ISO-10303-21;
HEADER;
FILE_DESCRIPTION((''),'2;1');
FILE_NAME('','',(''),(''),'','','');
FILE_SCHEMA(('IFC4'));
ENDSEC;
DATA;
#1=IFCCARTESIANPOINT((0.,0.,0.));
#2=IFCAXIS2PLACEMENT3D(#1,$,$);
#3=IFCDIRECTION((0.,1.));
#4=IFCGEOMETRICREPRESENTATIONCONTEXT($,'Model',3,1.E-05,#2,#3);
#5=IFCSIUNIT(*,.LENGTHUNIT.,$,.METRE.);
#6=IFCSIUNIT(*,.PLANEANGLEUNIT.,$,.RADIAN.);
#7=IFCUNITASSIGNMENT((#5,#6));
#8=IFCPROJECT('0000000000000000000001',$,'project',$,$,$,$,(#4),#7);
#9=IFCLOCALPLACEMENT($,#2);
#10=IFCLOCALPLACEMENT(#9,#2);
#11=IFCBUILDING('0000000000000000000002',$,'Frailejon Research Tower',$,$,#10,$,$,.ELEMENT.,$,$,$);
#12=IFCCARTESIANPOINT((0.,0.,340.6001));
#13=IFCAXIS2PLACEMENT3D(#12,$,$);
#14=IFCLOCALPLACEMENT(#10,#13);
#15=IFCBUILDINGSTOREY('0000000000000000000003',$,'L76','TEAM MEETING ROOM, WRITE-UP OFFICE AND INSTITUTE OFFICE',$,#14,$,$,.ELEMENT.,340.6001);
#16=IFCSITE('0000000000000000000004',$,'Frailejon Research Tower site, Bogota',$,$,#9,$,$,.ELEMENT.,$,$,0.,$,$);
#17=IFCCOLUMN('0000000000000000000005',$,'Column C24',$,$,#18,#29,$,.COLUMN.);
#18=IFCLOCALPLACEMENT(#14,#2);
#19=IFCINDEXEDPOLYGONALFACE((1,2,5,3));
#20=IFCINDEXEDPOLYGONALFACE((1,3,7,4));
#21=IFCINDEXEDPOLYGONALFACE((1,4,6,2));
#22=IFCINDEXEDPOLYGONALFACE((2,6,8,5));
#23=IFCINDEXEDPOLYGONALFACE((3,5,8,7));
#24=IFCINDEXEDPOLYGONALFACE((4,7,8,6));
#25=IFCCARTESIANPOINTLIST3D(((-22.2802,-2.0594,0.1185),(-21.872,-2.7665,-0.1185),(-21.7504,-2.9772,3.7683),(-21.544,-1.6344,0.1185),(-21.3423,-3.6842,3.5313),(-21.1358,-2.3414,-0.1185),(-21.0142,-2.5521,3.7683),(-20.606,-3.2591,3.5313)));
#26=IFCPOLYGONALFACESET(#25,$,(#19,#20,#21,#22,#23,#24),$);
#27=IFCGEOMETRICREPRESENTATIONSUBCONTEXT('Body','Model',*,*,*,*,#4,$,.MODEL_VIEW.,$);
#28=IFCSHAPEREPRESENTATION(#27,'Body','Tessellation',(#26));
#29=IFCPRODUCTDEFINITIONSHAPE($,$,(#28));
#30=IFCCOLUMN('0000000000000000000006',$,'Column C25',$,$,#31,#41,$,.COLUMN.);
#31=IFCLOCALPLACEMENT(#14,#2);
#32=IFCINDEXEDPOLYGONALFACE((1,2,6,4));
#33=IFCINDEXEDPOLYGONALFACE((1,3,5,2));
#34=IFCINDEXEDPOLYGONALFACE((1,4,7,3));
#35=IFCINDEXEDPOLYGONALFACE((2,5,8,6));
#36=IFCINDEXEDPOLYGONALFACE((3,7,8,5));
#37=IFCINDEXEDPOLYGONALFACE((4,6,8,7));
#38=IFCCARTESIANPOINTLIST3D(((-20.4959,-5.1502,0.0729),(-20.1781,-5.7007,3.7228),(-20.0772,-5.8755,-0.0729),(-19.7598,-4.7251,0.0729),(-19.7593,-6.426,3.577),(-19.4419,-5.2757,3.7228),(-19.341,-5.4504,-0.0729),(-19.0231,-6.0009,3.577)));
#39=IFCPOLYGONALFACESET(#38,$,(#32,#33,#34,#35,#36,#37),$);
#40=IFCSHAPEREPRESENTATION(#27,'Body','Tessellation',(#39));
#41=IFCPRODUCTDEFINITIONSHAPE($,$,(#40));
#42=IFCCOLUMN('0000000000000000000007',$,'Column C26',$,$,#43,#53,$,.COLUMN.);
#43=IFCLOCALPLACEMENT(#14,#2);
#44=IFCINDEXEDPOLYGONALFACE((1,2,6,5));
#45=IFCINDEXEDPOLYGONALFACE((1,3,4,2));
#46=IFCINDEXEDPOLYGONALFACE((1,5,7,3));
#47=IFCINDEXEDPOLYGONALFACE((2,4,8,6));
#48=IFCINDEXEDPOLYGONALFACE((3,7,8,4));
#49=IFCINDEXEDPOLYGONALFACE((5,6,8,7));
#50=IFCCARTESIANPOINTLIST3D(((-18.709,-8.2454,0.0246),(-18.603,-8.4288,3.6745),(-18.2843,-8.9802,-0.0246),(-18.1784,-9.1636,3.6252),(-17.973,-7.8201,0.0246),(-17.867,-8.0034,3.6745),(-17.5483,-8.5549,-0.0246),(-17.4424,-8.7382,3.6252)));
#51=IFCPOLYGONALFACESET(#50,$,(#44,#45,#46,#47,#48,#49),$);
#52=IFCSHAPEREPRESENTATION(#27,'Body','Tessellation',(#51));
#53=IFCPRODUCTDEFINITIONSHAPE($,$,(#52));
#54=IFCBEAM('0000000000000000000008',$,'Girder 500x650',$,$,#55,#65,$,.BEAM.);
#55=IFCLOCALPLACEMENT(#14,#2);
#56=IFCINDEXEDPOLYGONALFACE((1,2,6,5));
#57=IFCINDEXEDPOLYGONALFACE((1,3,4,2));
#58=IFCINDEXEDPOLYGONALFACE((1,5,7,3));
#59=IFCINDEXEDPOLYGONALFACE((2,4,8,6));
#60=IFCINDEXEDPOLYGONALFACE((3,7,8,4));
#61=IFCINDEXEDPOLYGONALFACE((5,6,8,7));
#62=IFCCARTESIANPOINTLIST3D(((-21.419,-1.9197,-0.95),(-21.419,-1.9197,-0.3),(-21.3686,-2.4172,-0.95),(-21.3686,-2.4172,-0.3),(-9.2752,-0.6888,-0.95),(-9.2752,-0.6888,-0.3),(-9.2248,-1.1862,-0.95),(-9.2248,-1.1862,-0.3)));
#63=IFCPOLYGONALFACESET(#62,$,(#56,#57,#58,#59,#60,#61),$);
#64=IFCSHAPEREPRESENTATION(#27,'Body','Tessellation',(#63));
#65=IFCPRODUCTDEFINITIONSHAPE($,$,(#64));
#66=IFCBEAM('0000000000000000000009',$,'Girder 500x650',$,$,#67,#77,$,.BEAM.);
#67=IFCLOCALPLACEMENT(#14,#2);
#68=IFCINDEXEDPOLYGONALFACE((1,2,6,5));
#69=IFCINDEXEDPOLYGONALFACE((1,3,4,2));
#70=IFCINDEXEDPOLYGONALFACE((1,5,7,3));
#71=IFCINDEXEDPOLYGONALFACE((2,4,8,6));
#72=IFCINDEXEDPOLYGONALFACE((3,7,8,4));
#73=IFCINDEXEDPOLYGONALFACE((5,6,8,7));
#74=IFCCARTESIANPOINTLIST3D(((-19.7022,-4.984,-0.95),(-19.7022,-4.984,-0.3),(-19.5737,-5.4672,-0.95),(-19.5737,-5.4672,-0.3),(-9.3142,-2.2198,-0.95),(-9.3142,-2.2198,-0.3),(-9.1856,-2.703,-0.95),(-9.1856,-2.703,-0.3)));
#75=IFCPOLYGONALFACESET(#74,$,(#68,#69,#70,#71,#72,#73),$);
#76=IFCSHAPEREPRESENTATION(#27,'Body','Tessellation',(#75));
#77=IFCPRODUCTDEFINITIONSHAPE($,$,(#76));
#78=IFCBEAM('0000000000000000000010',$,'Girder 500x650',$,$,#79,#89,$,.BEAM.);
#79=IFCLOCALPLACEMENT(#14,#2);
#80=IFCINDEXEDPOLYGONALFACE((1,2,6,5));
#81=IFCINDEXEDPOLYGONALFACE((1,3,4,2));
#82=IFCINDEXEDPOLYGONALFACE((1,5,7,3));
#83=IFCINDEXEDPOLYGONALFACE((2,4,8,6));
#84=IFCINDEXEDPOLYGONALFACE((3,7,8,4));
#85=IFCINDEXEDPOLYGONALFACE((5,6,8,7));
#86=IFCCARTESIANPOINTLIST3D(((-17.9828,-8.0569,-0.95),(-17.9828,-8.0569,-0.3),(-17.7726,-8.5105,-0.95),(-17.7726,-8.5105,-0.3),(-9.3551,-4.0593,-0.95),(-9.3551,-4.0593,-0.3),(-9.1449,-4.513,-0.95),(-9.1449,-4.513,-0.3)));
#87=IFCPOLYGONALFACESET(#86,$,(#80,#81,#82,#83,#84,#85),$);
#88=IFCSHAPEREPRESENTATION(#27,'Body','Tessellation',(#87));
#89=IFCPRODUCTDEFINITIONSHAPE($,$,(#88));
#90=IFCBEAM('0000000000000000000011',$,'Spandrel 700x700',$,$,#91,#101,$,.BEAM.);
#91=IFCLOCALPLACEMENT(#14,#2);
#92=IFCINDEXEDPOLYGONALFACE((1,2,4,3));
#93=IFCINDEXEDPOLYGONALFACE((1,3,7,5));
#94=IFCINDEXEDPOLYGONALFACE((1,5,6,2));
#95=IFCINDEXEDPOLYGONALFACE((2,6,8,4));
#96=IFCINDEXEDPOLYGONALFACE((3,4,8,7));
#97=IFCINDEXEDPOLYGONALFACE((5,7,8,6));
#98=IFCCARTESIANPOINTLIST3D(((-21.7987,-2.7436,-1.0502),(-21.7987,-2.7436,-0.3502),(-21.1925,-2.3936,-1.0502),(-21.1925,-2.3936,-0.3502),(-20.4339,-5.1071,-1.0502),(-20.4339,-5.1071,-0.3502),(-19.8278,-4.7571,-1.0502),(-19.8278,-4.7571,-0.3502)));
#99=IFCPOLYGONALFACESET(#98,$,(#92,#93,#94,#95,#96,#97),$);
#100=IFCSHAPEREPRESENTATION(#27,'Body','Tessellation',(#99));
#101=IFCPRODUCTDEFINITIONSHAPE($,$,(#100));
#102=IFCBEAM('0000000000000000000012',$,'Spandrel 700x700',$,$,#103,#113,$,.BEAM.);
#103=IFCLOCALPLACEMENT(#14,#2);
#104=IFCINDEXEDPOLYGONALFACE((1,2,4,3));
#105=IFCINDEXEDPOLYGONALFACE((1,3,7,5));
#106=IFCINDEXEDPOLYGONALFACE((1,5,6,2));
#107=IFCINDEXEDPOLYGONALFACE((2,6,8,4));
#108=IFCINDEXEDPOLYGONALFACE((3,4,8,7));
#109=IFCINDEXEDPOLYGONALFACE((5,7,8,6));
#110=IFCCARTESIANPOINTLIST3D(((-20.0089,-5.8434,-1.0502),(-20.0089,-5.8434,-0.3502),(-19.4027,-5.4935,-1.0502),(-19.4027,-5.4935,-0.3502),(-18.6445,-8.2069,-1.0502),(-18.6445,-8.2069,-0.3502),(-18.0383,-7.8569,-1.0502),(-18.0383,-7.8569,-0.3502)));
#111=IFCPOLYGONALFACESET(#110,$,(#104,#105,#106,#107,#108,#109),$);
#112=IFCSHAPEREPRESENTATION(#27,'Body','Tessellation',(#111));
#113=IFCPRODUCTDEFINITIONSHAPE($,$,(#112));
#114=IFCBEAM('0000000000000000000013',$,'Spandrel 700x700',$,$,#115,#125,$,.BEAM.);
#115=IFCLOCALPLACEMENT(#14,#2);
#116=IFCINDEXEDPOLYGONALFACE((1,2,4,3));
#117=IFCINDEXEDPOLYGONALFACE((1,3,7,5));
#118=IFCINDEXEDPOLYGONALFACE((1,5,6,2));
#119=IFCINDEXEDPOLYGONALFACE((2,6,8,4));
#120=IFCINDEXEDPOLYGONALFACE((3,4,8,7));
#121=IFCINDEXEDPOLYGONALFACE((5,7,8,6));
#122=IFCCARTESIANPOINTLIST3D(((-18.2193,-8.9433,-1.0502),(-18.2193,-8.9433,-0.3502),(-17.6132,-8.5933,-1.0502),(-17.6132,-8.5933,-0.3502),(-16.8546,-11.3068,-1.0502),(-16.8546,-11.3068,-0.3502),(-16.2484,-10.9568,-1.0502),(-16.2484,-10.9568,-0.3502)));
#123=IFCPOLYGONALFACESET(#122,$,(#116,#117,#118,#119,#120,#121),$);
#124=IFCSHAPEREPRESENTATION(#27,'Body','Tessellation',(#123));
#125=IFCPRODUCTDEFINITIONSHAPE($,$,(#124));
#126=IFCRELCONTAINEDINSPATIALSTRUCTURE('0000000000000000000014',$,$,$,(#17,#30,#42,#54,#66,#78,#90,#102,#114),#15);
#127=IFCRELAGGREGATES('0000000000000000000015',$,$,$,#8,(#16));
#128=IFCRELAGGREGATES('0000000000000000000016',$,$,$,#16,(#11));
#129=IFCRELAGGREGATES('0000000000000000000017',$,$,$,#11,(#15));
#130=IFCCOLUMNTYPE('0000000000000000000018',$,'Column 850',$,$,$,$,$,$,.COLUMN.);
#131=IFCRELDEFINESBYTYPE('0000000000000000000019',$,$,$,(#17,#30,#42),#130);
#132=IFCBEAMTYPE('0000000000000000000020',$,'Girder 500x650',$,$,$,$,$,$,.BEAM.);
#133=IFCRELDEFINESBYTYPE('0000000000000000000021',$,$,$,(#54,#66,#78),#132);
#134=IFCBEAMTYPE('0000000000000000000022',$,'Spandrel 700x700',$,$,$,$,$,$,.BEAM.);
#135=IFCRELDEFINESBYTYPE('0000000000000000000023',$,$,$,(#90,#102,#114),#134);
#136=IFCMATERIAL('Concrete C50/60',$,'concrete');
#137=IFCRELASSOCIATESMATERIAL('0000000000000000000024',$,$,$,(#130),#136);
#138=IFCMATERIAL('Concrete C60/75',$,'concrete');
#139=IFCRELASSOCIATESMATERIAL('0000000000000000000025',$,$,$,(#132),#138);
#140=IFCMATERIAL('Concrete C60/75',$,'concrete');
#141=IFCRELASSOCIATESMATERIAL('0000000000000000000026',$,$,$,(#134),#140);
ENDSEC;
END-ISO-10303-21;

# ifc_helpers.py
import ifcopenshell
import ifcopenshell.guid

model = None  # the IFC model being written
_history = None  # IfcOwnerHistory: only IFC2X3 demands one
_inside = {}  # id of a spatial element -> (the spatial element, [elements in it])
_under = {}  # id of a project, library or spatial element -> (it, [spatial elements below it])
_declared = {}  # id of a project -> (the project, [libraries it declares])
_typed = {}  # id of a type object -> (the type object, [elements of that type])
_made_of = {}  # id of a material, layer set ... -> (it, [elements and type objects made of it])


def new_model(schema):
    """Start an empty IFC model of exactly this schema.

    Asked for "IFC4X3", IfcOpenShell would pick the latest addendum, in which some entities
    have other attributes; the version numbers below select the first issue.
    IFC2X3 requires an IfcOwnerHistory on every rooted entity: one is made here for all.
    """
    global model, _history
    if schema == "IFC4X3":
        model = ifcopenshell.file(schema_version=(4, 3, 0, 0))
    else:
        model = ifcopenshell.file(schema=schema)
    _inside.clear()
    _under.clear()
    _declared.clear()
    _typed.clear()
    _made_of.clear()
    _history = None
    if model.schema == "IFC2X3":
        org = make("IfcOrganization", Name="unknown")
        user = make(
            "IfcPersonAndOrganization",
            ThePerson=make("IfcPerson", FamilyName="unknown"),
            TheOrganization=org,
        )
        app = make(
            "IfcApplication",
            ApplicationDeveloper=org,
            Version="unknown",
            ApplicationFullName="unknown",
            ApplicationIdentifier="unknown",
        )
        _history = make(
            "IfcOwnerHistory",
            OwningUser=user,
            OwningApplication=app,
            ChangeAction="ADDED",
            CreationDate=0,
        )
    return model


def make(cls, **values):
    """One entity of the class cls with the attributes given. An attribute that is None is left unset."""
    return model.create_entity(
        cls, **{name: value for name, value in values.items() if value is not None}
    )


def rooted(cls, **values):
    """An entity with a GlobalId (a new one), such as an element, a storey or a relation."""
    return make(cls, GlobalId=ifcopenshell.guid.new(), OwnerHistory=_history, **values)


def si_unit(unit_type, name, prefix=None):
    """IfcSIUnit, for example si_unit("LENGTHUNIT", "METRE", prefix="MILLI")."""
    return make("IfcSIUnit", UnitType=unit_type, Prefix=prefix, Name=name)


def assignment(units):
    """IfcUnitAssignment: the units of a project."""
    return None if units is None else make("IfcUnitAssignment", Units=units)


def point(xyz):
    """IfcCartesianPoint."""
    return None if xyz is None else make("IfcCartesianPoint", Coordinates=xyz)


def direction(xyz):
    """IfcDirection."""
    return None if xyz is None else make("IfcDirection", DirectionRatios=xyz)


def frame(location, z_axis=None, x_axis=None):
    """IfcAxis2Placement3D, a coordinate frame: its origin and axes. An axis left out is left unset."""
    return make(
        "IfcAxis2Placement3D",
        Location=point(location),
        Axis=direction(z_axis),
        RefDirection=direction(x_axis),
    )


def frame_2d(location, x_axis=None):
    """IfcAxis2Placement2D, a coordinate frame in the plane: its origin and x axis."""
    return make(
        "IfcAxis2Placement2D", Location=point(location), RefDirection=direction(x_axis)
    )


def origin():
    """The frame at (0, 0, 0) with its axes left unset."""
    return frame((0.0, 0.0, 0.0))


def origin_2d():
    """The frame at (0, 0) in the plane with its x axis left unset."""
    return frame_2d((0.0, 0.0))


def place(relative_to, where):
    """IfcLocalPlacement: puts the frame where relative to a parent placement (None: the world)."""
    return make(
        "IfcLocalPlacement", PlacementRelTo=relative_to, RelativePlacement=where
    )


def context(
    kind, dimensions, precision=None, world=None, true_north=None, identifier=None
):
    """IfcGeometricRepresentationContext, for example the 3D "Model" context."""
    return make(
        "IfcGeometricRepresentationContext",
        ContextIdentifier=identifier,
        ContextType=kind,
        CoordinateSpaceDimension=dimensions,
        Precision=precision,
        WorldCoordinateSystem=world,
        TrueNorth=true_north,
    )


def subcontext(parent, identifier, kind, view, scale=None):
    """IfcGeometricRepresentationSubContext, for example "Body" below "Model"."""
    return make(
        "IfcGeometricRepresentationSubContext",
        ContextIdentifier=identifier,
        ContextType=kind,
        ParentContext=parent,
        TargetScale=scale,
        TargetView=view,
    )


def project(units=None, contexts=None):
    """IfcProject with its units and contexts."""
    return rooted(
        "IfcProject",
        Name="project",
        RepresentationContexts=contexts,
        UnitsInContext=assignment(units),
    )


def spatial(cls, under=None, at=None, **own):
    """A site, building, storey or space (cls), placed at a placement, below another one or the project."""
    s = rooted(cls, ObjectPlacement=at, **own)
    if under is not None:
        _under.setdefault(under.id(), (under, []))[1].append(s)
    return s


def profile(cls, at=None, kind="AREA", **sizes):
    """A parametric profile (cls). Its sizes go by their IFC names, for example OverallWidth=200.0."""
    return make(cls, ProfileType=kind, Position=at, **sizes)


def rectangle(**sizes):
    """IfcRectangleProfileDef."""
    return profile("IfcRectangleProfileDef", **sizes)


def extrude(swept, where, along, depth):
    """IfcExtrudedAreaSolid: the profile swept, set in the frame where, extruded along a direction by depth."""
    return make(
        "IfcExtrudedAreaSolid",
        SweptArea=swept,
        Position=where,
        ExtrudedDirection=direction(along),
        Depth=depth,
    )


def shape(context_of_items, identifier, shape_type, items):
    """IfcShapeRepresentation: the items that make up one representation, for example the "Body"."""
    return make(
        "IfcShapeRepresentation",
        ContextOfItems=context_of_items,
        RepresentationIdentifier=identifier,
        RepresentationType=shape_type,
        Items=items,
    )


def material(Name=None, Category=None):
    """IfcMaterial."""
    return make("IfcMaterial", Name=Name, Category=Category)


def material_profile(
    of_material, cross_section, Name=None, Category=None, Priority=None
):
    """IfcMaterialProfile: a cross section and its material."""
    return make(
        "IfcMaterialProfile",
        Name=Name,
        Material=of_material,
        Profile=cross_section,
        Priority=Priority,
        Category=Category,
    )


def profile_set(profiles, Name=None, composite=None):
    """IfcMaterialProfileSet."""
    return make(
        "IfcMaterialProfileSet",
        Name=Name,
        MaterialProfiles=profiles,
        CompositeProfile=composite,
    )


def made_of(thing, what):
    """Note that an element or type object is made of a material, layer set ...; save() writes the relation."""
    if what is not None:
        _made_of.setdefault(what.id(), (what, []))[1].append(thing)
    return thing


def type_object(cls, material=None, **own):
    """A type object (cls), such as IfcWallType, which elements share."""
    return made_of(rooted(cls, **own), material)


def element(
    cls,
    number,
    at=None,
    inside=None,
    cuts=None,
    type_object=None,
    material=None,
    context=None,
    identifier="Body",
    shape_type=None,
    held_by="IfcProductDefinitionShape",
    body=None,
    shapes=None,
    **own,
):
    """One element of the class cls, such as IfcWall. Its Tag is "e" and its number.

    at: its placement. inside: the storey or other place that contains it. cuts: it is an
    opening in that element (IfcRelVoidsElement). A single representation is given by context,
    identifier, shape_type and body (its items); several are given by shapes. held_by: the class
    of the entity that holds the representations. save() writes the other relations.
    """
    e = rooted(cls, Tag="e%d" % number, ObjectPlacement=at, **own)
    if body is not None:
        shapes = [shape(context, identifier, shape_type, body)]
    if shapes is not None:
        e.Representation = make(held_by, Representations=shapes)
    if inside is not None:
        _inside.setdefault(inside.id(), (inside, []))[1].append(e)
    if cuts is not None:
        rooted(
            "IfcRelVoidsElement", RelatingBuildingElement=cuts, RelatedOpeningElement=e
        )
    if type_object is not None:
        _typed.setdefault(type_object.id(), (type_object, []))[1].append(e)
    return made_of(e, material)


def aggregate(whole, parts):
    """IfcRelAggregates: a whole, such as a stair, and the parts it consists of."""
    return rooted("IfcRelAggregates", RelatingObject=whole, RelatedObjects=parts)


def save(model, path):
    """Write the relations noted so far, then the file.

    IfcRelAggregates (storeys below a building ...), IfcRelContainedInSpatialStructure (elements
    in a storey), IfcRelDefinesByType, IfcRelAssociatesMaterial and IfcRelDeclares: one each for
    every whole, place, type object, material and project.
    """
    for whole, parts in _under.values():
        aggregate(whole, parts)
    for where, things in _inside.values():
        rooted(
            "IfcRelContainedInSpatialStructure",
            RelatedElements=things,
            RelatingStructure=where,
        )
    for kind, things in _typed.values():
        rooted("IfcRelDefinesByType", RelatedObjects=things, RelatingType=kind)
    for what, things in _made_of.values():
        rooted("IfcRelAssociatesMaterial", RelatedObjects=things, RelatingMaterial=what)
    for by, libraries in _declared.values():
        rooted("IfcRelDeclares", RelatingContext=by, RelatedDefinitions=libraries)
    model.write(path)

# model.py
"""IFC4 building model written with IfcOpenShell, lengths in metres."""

from ifc_helpers import new_model, si_unit, direction, frame, origin, origin_2d, place, context, subcontext, project, spatial, rectangle, extrude, material, material_profile, profile_set, type_object, element, save


model = new_model("IFC4")

# Units and contexts
model_context = context("Model", 3, precision=1e-05, world=origin(), true_north=direction((0.0, 1.0)))
body_context = subcontext(model_context, "Body", "Model", "MODEL_VIEW")
ifc_project = project(units=[si_unit("LENGTHUNIT", "METRE"), si_unit("PLANEANGLEUNIT", "RADIAN")], contexts=[model_context])

# Site, building, storey
site_placement = place(None, origin())
site = spatial("IfcSite", under=ifc_project, at=site_placement, Name="Frailejon Research Tower site, Bogota", CompositionType="ELEMENT", RefElevation=0.0)
building_placement = place(site_placement, origin())
building = spatial("IfcBuilding", under=site, at=building_placement, Name="Frailejon Research Tower", CompositionType="ELEMENT")
storey_placement = place(building_placement, frame((0.0, 0.0, 340.6001)))
storey = spatial("IfcBuildingStorey", under=building, at=storey_placement, Name="L76", Description="TEAM MEETING ROOM, WRITE-UP OFFICE AND INSTITUTE OFFICE", CompositionType="ELEMENT", Elevation=340.6001)

# Columns
ifc_material_1 = material(Name="Concrete C50/60", Category="concrete")
ifc_material_profile_1 = material_profile(ifc_material_1, rectangle(XDim=0.8501, YDim=0.8501, at=origin_2d()), Name="Column 850")
ifc_profile_set_1 = profile_set([ifc_material_profile_1], Name="Concrete C50/60")
column_type = type_object("IfcColumnType", Name="Column 850", PredefinedType="COLUMN", material=ifc_profile_set_1)
column_1_placement = place(storey_placement, frame((-21.708, -2.2004, 0.0), z_axis=(0.139395, -0.241467, 0.960345), x_axis=(0.480157, -0.831692, -0.278814)))
element("IfcColumn", 1, at=column_1_placement, inside=storey, type_object=column_type, Name="Column C24", PredefinedType="COLUMN", context=body_context, shape_type="SweptSolid", body=[
    extrude(rectangle(XDim=0.8501, YDim=0.8501, at=origin_2d()), origin(), (0.0, 0.0, 1.0), 3.8005),
])
column_2_placement = place(storey_placement, frame((-19.9185, -5.3003, 0.0), z_axis=(0.085799, -0.148599, 0.985168), x_axis=(0.492622, -0.853159, -0.17159)))
element("IfcColumn", 2, at=column_2_placement, inside=storey, type_object=column_type, Name="Column C25", PredefinedType="COLUMN", context=body_context, shape_type="SweptSolid", body=[
    extrude(rectangle(XDim=0.8501, YDim=0.8501, at=origin_2d()), origin(), (0.0, 0.0, 1.0), 3.7048),
])
column_3_placement = place(storey_placement, frame((-18.1287, -8.4001, 0.0), z_axis=(0.028981, -0.05015, 0.998321), x_axis=(0.499531, -0.864357, -0.057922)))
element("IfcColumn", 3, at=column_3_placement, inside=storey, type_object=column_type, Name="Column C26", PredefinedType="COLUMN", context=body_context, shape_type="SweptSolid", body=[
    extrude(rectangle(XDim=0.8501, YDim=0.8501, at=origin_2d()), origin(), (0.0, 0.0, 1.0), 3.656),
])

# Beams
ifc_material_2 = material(Name="Concrete C60/75", Category="concrete")
ifc_material_profile_2 = material_profile(ifc_material_2, rectangle(XDim=0.5, YDim=0.6499, at=origin_2d()), Name="Girder 500x650")
ifc_profile_set_2 = profile_set([ifc_material_profile_2], Name="Concrete C60/75")
beam_type_1 = type_object("IfcBeamType", Name="Girder 500x650", PredefinedType="BEAM", material=ifc_profile_set_2)
beam_1_placement = place(storey_placement, frame((-21.3938, -2.1685, -0.625), z_axis=(0.994902, 0.100848, 0.0), x_axis=(-0.100848, 0.994902, 0.0)))
element("IfcBeam", 4, at=beam_1_placement, inside=storey, type_object=beam_type_1, Name="Girder 500x650", PredefinedType="BEAM", context=body_context, shape_type="SweptSolid", body=[
    extrude(rectangle(XDim=0.5, YDim=0.6499, at=origin_2d()), origin(), (0.0, 0.0, 1.0), 12.2061),
])
beam_2_placement = place(storey_placement, frame((-19.6379, -5.2256, -0.625), z_axis=(0.966373, 0.257145, 0.0), x_axis=(-0.257145, 0.966373, 0.0)))
element("IfcBeam", 5, at=beam_2_placement, inside=storey, type_object=beam_type_1, Name="Girder 500x650", PredefinedType="BEAM", context=body_context, shape_type="SweptSolid", body=[
    extrude(rectangle(XDim=0.5, YDim=0.6499, at=origin_2d()), origin(), (0.0, 0.0, 1.0), 10.7495),
])
beam_3_placement = place(storey_placement, frame((-17.8777, -8.2837, -0.625), z_axis=(0.907336, 0.420406, 0.0), x_axis=(-0.420406, 0.907336, 0.0)))
element("IfcBeam", 6, at=beam_3_placement, inside=storey, type_object=beam_type_1, Name="Girder 500x650", PredefinedType="BEAM", context=body_context, shape_type="SweptSolid", body=[
    extrude(rectangle(XDim=0.5, YDim=0.6499, at=origin_2d()), origin(), (0.0, 0.0, 1.0), 9.5088),
])
ifc_material_3 = material(Name="Concrete C60/75", Category="concrete")
ifc_material_profile_3 = material_profile(ifc_material_3, rectangle(XDim=0.7, YDim=0.7, at=origin_2d()), Name="Spandrel 700x700")
ifc_profile_set_3 = profile_set([ifc_material_profile_3], Name="Concrete C60/75")
beam_type_2 = type_object("IfcBeamType", Name="Spandrel 700x700", PredefinedType="BEAM", material=ifc_profile_set_3)
beam_4_placement = place(storey_placement, frame((-21.4956, -2.5686, -0.7002), z_axis=(0.500045, -0.865999, 0.0), x_axis=(0.865999, 0.500045, 0.0)))
element("IfcBeam", 7, at=beam_4_placement, inside=storey, type_object=beam_type_2, Name="Spandrel 700x700", PredefinedType="BEAM", context=body_context, shape_type="SweptSolid", body=[
    extrude(rectangle(XDim=0.7, YDim=0.7, at=origin_2d()), origin(), (0.0, 0.0, 1.0), 2.7292),
])
beam_5_placement = place(storey_placement, frame((-19.7058, -5.6685, -0.7002), z_axis=(0.499978, -0.866038, 0.0), x_axis=(0.866038, 0.499978, 0.0)))
element("IfcBeam", 8, at=beam_5_placement, inside=storey, type_object=beam_type_2, Name="Spandrel 700x700", PredefinedType="BEAM", context=body_context, shape_type="SweptSolid", body=[
    extrude(rectangle(XDim=0.7, YDim=0.7, at=origin_2d()), origin(), (0.0, 0.0, 1.0), 2.729),
])
beam_6_placement = place(storey_placement, frame((-17.9163, -8.7683, -0.7002), z_axis=(0.500045, -0.865999, 0.0), x_axis=(0.865999, 0.500045, 0.0)))
element("IfcBeam", 9, at=beam_6_placement, inside=storey, type_object=beam_type_2, Name="Spandrel 700x700", PredefinedType="BEAM", context=body_context, shape_type="SweptSolid", body=[
    extrude(rectangle(XDim=0.7, YDim=0.7, at=origin_2d()), origin(), (0.0, 0.0, 1.0), 2.7292),
])

save(model, "model.ifc")
